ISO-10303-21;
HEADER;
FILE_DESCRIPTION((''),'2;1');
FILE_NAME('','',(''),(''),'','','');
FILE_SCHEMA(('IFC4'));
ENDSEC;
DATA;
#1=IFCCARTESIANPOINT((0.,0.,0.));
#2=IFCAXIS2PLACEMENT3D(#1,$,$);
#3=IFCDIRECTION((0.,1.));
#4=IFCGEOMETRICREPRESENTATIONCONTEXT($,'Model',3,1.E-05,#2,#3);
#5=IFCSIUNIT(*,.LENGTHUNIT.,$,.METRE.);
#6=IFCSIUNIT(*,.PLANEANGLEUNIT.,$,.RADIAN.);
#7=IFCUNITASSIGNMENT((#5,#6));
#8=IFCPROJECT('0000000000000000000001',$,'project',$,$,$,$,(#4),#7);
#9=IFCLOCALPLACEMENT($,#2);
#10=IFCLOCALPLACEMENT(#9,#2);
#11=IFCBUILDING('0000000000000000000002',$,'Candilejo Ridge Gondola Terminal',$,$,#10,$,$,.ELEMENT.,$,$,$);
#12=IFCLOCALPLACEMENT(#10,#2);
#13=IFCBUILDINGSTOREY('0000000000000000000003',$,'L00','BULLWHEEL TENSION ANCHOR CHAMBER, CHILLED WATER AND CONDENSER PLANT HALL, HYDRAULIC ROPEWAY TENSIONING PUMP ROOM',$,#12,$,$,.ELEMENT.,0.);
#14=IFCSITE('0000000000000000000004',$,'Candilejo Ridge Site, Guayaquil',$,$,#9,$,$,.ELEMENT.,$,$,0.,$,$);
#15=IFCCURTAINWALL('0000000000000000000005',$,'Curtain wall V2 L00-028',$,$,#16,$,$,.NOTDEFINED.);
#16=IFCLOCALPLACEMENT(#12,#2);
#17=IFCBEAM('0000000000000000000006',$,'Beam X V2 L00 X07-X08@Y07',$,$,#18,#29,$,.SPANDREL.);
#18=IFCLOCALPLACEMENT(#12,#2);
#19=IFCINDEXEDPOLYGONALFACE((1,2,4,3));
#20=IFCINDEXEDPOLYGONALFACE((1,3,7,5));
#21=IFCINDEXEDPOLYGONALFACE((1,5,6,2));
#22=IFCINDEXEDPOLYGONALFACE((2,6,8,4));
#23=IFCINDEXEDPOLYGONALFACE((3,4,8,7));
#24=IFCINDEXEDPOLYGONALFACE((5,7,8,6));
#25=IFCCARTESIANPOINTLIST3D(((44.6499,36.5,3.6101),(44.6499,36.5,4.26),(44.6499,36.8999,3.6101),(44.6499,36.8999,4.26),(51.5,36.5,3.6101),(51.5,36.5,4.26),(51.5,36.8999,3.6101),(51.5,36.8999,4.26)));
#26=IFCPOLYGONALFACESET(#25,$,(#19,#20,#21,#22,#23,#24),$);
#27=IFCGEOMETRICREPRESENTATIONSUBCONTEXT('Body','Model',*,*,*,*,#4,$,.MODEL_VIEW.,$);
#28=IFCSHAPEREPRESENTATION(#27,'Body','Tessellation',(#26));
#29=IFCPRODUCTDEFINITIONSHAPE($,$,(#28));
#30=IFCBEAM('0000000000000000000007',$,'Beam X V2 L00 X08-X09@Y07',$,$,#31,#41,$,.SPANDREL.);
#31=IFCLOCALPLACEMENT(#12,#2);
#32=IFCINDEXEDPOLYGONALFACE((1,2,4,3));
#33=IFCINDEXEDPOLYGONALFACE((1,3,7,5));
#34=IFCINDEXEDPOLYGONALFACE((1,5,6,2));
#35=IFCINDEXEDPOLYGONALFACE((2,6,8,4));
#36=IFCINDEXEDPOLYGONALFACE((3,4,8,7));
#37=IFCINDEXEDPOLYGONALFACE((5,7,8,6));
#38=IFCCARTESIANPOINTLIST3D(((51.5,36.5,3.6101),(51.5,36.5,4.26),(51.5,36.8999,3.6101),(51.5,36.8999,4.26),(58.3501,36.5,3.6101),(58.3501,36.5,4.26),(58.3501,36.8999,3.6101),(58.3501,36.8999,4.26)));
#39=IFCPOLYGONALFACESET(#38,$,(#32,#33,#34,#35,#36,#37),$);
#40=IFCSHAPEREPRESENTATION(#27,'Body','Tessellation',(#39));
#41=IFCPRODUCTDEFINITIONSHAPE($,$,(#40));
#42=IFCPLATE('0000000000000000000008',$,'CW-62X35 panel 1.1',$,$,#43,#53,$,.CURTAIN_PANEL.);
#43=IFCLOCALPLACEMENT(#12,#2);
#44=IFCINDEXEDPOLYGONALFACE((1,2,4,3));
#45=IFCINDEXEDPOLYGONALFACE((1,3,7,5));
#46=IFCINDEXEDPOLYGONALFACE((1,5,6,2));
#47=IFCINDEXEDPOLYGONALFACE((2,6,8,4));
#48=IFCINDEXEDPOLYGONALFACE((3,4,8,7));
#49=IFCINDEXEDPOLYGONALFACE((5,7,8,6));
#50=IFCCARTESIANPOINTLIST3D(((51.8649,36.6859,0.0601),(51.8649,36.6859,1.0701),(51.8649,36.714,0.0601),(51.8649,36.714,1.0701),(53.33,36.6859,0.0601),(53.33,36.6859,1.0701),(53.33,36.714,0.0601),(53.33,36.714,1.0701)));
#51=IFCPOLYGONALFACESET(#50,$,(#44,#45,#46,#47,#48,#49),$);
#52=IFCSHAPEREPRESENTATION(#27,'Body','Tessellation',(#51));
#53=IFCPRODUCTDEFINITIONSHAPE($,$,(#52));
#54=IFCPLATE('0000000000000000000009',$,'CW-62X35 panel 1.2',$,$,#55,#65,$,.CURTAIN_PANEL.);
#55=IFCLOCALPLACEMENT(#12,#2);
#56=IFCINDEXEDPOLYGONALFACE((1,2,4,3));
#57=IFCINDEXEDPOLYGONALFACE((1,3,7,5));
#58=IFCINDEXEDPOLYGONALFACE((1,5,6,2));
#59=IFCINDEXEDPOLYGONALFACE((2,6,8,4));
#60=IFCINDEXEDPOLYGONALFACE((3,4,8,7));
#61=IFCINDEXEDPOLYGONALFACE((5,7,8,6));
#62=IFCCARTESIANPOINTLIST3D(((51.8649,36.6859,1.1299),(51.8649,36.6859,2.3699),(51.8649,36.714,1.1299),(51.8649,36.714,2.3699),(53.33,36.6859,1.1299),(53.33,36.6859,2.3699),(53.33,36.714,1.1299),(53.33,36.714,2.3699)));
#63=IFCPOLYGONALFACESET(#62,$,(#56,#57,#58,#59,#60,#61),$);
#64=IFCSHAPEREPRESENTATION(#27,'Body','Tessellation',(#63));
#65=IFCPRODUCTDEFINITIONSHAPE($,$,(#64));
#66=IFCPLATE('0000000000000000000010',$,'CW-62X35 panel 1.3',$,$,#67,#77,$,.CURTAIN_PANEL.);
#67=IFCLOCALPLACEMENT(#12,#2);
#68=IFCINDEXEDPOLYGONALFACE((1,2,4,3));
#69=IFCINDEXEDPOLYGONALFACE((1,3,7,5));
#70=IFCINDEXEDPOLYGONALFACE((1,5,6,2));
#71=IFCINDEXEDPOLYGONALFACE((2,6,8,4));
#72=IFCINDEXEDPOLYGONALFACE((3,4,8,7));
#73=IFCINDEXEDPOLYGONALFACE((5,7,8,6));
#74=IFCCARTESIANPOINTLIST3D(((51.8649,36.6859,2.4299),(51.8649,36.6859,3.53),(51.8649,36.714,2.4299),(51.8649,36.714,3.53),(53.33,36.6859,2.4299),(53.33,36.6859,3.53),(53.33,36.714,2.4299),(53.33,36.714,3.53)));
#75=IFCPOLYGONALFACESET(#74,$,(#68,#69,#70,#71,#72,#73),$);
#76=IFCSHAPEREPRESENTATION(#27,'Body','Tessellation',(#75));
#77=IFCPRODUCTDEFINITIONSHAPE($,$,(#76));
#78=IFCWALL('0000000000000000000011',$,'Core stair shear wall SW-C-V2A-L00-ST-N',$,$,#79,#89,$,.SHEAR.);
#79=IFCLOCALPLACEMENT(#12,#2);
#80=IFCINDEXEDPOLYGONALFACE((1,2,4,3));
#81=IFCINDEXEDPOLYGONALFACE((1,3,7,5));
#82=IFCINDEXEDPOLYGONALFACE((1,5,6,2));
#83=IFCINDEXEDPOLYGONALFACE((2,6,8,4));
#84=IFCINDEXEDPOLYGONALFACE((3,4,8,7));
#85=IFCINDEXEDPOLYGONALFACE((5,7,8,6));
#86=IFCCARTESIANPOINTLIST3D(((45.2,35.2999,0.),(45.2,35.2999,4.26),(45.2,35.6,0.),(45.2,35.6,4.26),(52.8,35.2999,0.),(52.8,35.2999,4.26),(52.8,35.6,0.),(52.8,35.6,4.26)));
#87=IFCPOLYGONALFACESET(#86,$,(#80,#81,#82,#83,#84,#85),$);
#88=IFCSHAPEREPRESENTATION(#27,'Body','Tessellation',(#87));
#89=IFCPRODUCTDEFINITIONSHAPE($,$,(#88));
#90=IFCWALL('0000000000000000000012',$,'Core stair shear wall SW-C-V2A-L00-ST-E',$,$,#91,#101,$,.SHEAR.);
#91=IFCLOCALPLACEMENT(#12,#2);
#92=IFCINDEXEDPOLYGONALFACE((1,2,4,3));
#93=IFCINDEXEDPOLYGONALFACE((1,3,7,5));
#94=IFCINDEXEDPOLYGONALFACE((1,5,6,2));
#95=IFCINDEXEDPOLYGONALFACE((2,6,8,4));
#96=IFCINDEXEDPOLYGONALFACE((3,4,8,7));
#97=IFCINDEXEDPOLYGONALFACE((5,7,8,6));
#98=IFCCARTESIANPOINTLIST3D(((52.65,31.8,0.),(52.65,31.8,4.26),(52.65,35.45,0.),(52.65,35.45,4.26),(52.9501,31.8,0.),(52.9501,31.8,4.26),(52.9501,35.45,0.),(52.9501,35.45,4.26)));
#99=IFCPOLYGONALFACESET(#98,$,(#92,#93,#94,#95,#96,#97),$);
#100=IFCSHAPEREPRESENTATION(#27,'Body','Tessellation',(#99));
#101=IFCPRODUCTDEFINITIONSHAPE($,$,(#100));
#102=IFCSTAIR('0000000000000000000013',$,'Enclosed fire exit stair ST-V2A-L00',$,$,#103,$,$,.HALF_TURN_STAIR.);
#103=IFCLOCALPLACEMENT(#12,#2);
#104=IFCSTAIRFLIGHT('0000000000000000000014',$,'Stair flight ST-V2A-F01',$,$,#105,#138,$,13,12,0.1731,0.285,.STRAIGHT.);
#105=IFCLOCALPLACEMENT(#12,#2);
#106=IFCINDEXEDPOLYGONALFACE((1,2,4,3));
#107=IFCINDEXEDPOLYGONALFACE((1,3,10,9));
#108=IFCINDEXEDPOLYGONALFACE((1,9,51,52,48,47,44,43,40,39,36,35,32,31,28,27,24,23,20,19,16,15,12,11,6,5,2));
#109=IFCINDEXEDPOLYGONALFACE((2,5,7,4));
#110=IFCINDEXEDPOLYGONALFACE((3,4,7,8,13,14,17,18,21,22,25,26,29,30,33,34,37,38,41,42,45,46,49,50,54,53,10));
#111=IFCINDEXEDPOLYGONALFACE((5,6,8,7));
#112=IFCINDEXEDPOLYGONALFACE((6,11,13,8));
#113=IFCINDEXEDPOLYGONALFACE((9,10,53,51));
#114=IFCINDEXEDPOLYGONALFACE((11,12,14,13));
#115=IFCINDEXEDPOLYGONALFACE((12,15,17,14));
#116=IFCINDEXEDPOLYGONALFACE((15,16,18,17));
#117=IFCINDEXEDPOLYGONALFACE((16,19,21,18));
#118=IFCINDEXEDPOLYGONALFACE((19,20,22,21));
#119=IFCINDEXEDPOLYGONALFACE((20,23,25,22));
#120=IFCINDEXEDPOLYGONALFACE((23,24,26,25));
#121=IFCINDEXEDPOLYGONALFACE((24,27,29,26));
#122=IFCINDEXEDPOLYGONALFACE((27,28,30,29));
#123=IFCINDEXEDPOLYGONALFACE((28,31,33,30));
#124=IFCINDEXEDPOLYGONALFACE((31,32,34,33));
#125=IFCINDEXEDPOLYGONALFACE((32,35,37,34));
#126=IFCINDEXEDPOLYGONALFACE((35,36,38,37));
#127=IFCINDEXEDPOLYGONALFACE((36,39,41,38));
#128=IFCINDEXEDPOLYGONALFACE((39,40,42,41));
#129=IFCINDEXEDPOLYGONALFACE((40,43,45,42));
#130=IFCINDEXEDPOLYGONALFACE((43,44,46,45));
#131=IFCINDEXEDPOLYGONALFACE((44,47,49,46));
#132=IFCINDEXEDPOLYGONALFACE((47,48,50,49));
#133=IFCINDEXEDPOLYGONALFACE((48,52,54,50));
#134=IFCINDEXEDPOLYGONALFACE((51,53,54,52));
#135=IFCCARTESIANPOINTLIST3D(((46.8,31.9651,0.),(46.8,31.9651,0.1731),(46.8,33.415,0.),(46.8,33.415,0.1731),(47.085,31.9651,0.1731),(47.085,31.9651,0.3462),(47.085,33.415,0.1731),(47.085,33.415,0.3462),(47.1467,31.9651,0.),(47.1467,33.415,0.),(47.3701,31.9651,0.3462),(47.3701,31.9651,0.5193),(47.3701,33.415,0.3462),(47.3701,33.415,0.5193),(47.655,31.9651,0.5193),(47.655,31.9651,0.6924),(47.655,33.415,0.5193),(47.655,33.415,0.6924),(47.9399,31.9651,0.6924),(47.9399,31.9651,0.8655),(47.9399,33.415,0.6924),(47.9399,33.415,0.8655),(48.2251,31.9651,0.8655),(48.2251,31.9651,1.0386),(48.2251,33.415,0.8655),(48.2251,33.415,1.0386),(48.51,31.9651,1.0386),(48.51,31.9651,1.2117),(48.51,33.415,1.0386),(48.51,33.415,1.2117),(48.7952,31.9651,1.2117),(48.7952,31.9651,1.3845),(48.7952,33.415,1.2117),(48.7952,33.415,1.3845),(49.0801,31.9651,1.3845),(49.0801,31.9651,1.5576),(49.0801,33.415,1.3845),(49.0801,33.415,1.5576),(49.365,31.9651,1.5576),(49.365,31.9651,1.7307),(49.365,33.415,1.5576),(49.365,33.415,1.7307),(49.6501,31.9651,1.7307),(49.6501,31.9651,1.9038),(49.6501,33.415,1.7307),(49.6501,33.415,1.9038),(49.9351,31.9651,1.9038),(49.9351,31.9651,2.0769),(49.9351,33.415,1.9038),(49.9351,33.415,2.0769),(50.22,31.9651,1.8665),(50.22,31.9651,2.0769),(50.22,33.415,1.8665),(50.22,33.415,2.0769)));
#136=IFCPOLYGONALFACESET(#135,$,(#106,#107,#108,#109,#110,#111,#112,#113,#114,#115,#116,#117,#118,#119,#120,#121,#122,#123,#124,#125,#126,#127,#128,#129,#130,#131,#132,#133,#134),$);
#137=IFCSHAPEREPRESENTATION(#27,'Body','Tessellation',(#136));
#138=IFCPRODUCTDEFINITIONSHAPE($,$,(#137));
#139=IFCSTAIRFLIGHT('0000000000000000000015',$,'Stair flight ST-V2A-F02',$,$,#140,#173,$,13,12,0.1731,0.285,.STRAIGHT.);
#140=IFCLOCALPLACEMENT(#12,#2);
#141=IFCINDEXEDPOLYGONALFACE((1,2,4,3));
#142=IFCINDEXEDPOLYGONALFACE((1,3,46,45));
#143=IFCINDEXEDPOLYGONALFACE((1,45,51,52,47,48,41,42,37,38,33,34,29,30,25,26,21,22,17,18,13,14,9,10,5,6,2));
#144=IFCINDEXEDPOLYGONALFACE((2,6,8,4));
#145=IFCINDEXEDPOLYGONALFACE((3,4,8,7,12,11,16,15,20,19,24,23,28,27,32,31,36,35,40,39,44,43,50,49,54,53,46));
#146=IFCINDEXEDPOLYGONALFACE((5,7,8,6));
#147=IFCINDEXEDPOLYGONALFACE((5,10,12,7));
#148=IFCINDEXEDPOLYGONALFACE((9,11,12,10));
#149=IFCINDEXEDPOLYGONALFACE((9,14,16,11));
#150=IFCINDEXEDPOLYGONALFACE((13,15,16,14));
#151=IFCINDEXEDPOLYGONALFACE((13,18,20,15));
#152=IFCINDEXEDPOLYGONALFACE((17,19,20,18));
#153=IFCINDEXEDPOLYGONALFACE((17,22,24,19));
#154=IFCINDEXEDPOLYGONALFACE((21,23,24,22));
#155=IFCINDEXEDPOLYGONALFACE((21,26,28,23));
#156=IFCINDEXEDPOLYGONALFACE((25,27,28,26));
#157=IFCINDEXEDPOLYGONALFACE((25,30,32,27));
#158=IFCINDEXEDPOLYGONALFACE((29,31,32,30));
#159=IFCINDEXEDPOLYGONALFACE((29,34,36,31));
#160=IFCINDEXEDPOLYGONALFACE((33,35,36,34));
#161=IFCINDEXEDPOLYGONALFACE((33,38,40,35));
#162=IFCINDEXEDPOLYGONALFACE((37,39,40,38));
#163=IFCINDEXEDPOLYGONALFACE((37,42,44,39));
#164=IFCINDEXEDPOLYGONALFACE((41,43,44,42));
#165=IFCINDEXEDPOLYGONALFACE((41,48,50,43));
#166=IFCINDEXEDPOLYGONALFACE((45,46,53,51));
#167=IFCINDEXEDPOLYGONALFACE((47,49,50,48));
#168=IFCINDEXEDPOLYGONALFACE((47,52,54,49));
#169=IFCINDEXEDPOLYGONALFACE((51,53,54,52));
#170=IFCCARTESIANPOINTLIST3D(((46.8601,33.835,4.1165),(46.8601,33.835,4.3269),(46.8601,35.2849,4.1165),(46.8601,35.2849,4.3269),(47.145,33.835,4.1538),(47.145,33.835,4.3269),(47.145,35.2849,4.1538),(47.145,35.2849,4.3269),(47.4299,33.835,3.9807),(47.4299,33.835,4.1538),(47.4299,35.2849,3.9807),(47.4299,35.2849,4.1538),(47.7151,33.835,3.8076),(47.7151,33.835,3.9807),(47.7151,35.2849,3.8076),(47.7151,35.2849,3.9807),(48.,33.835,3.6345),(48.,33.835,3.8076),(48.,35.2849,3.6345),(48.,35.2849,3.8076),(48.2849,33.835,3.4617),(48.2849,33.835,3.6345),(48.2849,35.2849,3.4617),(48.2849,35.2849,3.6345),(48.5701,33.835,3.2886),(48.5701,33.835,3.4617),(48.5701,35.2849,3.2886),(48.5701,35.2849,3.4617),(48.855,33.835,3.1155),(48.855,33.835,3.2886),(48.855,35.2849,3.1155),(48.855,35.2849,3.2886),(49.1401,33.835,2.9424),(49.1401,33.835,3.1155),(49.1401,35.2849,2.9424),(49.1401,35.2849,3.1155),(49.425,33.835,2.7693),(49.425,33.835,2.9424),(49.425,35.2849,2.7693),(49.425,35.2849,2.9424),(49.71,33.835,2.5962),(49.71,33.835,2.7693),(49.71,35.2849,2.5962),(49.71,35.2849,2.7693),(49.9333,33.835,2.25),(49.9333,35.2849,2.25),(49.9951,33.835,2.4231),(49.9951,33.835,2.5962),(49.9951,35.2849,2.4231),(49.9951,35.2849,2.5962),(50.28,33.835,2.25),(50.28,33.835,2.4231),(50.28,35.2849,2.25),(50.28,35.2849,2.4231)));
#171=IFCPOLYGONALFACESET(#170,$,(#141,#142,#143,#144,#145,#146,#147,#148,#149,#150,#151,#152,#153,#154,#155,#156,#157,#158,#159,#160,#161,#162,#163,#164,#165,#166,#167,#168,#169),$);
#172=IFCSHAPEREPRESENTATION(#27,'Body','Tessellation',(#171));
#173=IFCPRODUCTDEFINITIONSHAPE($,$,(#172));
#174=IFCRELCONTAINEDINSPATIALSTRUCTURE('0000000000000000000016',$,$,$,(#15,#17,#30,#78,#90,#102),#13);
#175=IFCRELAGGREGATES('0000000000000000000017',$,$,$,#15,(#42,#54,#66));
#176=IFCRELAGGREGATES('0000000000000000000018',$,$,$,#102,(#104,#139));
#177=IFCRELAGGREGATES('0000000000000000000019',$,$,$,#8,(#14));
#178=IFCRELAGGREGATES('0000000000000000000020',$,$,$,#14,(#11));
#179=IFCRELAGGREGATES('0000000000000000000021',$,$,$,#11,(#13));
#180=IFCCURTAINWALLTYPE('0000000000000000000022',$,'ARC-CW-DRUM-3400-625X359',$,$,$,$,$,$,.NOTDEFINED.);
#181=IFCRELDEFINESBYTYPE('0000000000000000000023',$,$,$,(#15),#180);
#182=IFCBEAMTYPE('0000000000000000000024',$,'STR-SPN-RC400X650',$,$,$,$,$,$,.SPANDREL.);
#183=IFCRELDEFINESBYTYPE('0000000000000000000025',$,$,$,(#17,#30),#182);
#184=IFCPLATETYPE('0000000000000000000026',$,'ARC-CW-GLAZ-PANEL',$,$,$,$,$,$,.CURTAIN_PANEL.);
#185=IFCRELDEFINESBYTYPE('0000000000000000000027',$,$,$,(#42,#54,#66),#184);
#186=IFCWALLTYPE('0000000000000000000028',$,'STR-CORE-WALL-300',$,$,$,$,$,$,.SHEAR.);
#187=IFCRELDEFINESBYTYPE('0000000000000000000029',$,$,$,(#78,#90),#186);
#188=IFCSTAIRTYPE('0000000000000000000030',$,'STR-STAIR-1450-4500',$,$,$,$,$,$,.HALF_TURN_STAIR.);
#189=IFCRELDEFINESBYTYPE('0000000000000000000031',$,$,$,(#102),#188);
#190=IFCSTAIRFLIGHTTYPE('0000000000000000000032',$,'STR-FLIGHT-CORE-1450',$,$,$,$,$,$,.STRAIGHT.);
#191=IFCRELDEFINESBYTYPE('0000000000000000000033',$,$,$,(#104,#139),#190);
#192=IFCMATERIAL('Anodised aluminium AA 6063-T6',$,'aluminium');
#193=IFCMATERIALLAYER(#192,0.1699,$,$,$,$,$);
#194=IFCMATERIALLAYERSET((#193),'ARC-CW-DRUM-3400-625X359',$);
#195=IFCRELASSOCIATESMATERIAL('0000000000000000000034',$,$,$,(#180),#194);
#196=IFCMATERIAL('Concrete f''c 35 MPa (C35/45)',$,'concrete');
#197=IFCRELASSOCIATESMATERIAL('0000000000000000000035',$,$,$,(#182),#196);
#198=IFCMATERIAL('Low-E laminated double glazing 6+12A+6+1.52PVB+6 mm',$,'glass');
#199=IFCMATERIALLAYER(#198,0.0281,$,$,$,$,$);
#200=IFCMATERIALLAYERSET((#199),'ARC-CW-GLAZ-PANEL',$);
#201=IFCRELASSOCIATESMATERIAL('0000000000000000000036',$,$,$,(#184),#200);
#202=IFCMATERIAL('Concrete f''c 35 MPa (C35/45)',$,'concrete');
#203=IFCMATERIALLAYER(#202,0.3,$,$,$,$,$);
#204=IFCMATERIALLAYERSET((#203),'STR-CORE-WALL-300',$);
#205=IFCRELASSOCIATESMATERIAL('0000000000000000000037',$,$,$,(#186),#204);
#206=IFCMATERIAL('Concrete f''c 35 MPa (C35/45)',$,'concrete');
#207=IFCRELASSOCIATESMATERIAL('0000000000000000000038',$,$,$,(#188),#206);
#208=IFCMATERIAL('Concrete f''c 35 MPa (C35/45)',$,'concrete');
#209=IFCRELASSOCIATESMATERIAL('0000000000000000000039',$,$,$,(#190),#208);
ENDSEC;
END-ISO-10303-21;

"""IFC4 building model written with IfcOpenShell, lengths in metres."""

from ifc_helpers import new_model, si_unit, direction, frame, frame_2d, origin, origin_2d, place, context, subcontext, project, spatial, polyline, rectangle, outline, extrude, material, layer, layer_set, material_profile, profile_set, type_object, element, aggregate, save


model = new_model("IFC4")

# Units and contexts
model_context = context("Model", 3, precision=1e-05, world=origin(), true_north=direction((0.0, 1.0)))
body_context = subcontext(model_context, "Body", "Model", "MODEL_VIEW")
ifc_project = project(units=[si_unit("LENGTHUNIT", "METRE"), si_unit("PLANEANGLEUNIT", "RADIAN")], contexts=[model_context])

# Site, building, storey
site_placement = place(None, origin())
site = spatial("IfcSite", under=ifc_project, at=site_placement, Name="Candilejo Ridge Site, Guayaquil", CompositionType="ELEMENT", RefElevation=0.0)
building_placement = place(site_placement, origin())
building = spatial("IfcBuilding", under=site, at=building_placement, Name="Candilejo Ridge Gondola Terminal", CompositionType="ELEMENT")
storey_placement = place(building_placement, origin())
storey = spatial("IfcBuildingStorey", under=building, at=storey_placement, Name="L00", Description="BULLWHEEL TENSION ANCHOR CHAMBER, CHILLED WATER AND CONDENSER PLANT HALL, HYDRAULIC ROPEWAY TENSIONING PUMP ROOM", CompositionType="ELEMENT", Elevation=0.0)

# Curtain wall
ifc_material_1 = material(Name="Anodised aluminium AA 6063-T6", Category="aluminium")
ifc_layer_1 = layer(ifc_material_1, 0.1699)
ifc_layer_set_1 = layer_set([ifc_layer_1], Name="ARC-CW-DRUM-3400-625X359")
curtain_wall_type = type_object("IfcCurtainWallType", Name="ARC-CW-DRUM-3400-625X359", PredefinedType="NOTDEFINED", material=ifc_layer_set_1)
curtain_wall_placement = place(storey_placement, origin())
curtain_wall = element("IfcCurtainWall", 1, at=curtain_wall_placement, inside=storey, type_object=curtain_wall_type, Name="Curtain wall V2 L00-028", PredefinedType="NOTDEFINED")

# Beams
ifc_material_2 = material(Name="Concrete f'c 35 MPa (C35/45)", Category="concrete")
ifc_material_profile_1 = material_profile(ifc_material_2, rectangle(XDim=0.3999, YDim=0.6499, at=origin_2d()))
ifc_profile_set_1 = profile_set([ifc_material_profile_1], Name="Concrete f'c 35 MPa (C35/45)")
beam_type = type_object("IfcBeamType", Name="STR-SPN-RC400X650", PredefinedType="SPANDREL", material=ifc_profile_set_1)
for number, where, z_axis, x_axis, name in (
    (2, (44.6499, 36.7, 3.9351), (1.0, 0.0, 0.0), (0.0, 1.0, 0.0), "Beam X V2 L00 X07-X08@Y07"),
    (3, (51.5, 36.7, 3.9351), (1.0, 0.0, 0.0), (0.0, 1.0, 0.0), "Beam X V2 L00 X08-X09@Y07"),
):
    element("IfcBeam", number, at=place(storey_placement, frame(where, z_axis=z_axis, x_axis=x_axis)), inside=storey, type_object=beam_type, Name=name, PredefinedType="SPANDREL", context=body_context, shape_type="SweptSolid", body=[
        extrude(rectangle(XDim=0.3999, YDim=0.6499, at=origin_2d()), origin(), (0.0, 0.0, 1.0), 6.8501),
    ])

# Plates
ifc_material_3 = material(Name="Low-E laminated double glazing 6+12A+6+1.52PVB+6 mm", Category="glass")
ifc_layer_2 = layer(ifc_material_3, 0.0281)
ifc_layer_set_2 = layer_set([ifc_layer_2], Name="ARC-CW-GLAZ-PANEL")
plate_type = type_object("IfcPlateType", Name="ARC-CW-GLAZ-PANEL", PredefinedType="CURTAIN_PANEL", material=ifc_layer_set_2)
plate_1_placement = place(storey_placement, frame((52.5974, 36.7, 0.0601), z_axis=(0.0, 0.0, 1.0), x_axis=(1.0, 0.0, 0.0)))
plate_1 = element("IfcPlate", 4, at=plate_1_placement, type_object=plate_type, Name="CW-62X35 panel 1.1", PredefinedType="CURTAIN_PANEL", context=body_context, shape_type="SweptSolid", body=[
    extrude(rectangle(XDim=1.4651, YDim=0.0281, at=origin_2d()), origin(), (0.0, 0.0, 1.0), 1.01),
])
plate_2_placement = place(storey_placement, frame((52.5974, 36.7, 1.1299), z_axis=(0.0, 0.0, 1.0), x_axis=(1.0, 0.0, 0.0)))
plate_2 = element("IfcPlate", 5, at=plate_2_placement, type_object=plate_type, Name="CW-62X35 panel 1.2", PredefinedType="CURTAIN_PANEL", context=body_context, shape_type="SweptSolid", body=[
    extrude(rectangle(XDim=1.4651, YDim=0.0281, at=origin_2d()), origin(), (0.0, 0.0, 1.0), 1.24),
])
plate_3_placement = place(storey_placement, frame((52.5974, 36.7, 2.4299), z_axis=(0.0, 0.0, 1.0), x_axis=(1.0, 0.0, 0.0)))
plate_3 = element("IfcPlate", 6, at=plate_3_placement, type_object=plate_type, Name="CW-62X35 panel 1.3", PredefinedType="CURTAIN_PANEL", context=body_context, shape_type="SweptSolid", body=[
    extrude(rectangle(XDim=1.4651, YDim=0.0281, at=origin_2d()), origin(), (0.0, 0.0, 1.0), 1.1001),
])
aggregate(curtain_wall, [plate_1, plate_2, plate_3])

# Walls
ifc_material_4 = material(Name="Concrete f'c 35 MPa (C35/45)", Category="concrete")
ifc_layer_3 = layer(ifc_material_4, 0.3)
ifc_layer_set_3 = layer_set([ifc_layer_3], Name="STR-CORE-WALL-300")
wall_type = type_object("IfcWallType", Name="STR-CORE-WALL-300", PredefinedType="SHEAR", material=ifc_layer_set_3)
wall_1_placement = place(storey_placement, frame((45.2, 35.45, 0.0), z_axis=(0.0, 0.0, 1.0), x_axis=(1.0, 0.0, 0.0)))
element("IfcWall", 7, at=wall_1_placement, inside=storey, type_object=wall_type, Name="Core stair shear wall SW-C-V2A-L00-ST-N", PredefinedType="SHEAR", context=body_context, shape_type="SweptSolid", body=[
    extrude(rectangle(XDim=7.6001, YDim=0.3, at=frame_2d((3.8, 0.0))), origin(), (0.0, 0.0, 1.0), 4.26),
])
wall_2_placement = place(storey_placement, frame((52.8, 35.45, 0.0), z_axis=(0.0, 0.0, 1.0), x_axis=(0.0, -1.0, 0.0)))
element("IfcWall", 8, at=wall_2_placement, inside=storey, type_object=wall_type, Name="Core stair shear wall SW-C-V2A-L00-ST-E", PredefinedType="SHEAR", context=body_context, shape_type="SweptSolid", body=[
    extrude(rectangle(XDim=3.6499, YDim=0.3, at=frame_2d((1.825, 0.0))), origin(), (0.0, 0.0, 1.0), 4.26),
])

# Stair, stair flights
ifc_material_5 = material(Name="Concrete f'c 35 MPa (C35/45)", Category="concrete")
stair_type = type_object("IfcStairType", Name="STR-STAIR-1450-4500", PredefinedType="HALF_TURN_STAIR", material=ifc_material_5)
stair_placement = place(storey_placement, origin())
stair = element("IfcStair", 9, at=stair_placement, inside=storey, type_object=stair_type, Name="Enclosed fire exit stair ST-V2A-L00", PredefinedType="HALF_TURN_STAIR")
ifc_material_6 = material(Name="Concrete f'c 35 MPa (C35/45)", Category="concrete")
stair_flight_type = type_object("IfcStairFlightType", Name="STR-FLIGHT-CORE-1450", PredefinedType="STRAIGHT", material=ifc_material_6)
stair_flight_1_placement = place(storey_placement, frame((46.8, 32.6899, 0.0), z_axis=(0.0, 0.0, 1.0), x_axis=(1.0, 0.0, 0.0)))
stair_flight_1 = element("IfcStairFlight", 10, at=stair_flight_1_placement, type_object=stair_flight_type, Name="Stair flight ST-V2A-F01", NumberOfRisers=13, NumberOfTreads=12, PredefinedType="STRAIGHT", RiserHeight=0.1731, TreadLength=0.285, context=body_context, shape_type="SweptSolid", body=[
    extrude(outline(polyline([(0.0, 0.0), (0.0, 0.1731), (0.2849, 0.1731), (0.2849, 0.3462), (0.5701, 0.3462), (0.5701, 0.5193), (0.855, 0.5193), (0.855, 0.6924), (1.1399, 0.6924), (1.1399, 0.8655), (1.425, 0.8655), (1.425, 1.0386), (1.71, 1.0386), (1.71, 1.2117), (1.9951, 1.2117), (1.9951, 1.3845), (2.28, 1.3845), (2.28, 1.5576), (2.5649, 1.5576), (2.5649, 1.7307), (2.8501, 1.7307), (2.8501, 1.9038), (3.135, 1.9038), (3.135, 2.0769), (3.4199, 2.0769), (3.4199, 2.25), (3.4199, 1.8665), (0.3467, 0.0), (0.0, 0.0)])), frame((0.0, 0.7251, 0.0), z_axis=(0.0, -1.0, 0.0), x_axis=(1.0, 0.0, 0.0)), (0.0, 0.0, 1.0), 1.45),
])
stair_flight_2_placement = place(storey_placement, frame((50.28, 34.5601, 2.25), z_axis=(0.0, 0.0, 1.0), x_axis=(-1.0, 0.0, 0.0)))
stair_flight_2 = element("IfcStairFlight", 11, at=stair_flight_2_placement, type_object=stair_flight_type, Name="Stair flight ST-V2A-F02", NumberOfRisers=13, NumberOfTreads=12, PredefinedType="STRAIGHT", RiserHeight=0.1731, TreadLength=0.285, context=body_context, shape_type="SweptSolid", body=[
    extrude(outline(polyline([(0.0, 0.0), (0.0, 0.1731), (0.2849, 0.1731), (0.2849, 0.3462), (0.5701, 0.3462), (0.5701, 0.5193), (0.855, 0.5193), (0.855, 0.6924), (1.1399, 0.6924), (1.1399, 0.8655), (1.425, 0.8655), (1.425, 1.0386), (1.71, 1.0386), (1.71, 1.2117), (1.9951, 1.2117), (1.9951, 1.3845), (2.28, 1.3845), (2.28, 1.5576), (2.5649, 1.5576), (2.5649, 1.7307), (2.8501, 1.7307), (2.8501, 1.9038), (3.135, 1.9038), (3.135, 2.0769), (3.4199, 2.0769), (3.4199, 2.25), (3.4199, 1.8665), (0.3467, 0.0), (0.0, 0.0)])), frame((0.0, 0.7251, 0.0), z_axis=(0.0, -1.0, 0.0), x_axis=(1.0, 0.0, 0.0)), (0.0, 0.0, 1.0), 1.45),
])
aggregate(stair, [stair_flight_1, stair_flight_2])

save(model, "model.ifc")
